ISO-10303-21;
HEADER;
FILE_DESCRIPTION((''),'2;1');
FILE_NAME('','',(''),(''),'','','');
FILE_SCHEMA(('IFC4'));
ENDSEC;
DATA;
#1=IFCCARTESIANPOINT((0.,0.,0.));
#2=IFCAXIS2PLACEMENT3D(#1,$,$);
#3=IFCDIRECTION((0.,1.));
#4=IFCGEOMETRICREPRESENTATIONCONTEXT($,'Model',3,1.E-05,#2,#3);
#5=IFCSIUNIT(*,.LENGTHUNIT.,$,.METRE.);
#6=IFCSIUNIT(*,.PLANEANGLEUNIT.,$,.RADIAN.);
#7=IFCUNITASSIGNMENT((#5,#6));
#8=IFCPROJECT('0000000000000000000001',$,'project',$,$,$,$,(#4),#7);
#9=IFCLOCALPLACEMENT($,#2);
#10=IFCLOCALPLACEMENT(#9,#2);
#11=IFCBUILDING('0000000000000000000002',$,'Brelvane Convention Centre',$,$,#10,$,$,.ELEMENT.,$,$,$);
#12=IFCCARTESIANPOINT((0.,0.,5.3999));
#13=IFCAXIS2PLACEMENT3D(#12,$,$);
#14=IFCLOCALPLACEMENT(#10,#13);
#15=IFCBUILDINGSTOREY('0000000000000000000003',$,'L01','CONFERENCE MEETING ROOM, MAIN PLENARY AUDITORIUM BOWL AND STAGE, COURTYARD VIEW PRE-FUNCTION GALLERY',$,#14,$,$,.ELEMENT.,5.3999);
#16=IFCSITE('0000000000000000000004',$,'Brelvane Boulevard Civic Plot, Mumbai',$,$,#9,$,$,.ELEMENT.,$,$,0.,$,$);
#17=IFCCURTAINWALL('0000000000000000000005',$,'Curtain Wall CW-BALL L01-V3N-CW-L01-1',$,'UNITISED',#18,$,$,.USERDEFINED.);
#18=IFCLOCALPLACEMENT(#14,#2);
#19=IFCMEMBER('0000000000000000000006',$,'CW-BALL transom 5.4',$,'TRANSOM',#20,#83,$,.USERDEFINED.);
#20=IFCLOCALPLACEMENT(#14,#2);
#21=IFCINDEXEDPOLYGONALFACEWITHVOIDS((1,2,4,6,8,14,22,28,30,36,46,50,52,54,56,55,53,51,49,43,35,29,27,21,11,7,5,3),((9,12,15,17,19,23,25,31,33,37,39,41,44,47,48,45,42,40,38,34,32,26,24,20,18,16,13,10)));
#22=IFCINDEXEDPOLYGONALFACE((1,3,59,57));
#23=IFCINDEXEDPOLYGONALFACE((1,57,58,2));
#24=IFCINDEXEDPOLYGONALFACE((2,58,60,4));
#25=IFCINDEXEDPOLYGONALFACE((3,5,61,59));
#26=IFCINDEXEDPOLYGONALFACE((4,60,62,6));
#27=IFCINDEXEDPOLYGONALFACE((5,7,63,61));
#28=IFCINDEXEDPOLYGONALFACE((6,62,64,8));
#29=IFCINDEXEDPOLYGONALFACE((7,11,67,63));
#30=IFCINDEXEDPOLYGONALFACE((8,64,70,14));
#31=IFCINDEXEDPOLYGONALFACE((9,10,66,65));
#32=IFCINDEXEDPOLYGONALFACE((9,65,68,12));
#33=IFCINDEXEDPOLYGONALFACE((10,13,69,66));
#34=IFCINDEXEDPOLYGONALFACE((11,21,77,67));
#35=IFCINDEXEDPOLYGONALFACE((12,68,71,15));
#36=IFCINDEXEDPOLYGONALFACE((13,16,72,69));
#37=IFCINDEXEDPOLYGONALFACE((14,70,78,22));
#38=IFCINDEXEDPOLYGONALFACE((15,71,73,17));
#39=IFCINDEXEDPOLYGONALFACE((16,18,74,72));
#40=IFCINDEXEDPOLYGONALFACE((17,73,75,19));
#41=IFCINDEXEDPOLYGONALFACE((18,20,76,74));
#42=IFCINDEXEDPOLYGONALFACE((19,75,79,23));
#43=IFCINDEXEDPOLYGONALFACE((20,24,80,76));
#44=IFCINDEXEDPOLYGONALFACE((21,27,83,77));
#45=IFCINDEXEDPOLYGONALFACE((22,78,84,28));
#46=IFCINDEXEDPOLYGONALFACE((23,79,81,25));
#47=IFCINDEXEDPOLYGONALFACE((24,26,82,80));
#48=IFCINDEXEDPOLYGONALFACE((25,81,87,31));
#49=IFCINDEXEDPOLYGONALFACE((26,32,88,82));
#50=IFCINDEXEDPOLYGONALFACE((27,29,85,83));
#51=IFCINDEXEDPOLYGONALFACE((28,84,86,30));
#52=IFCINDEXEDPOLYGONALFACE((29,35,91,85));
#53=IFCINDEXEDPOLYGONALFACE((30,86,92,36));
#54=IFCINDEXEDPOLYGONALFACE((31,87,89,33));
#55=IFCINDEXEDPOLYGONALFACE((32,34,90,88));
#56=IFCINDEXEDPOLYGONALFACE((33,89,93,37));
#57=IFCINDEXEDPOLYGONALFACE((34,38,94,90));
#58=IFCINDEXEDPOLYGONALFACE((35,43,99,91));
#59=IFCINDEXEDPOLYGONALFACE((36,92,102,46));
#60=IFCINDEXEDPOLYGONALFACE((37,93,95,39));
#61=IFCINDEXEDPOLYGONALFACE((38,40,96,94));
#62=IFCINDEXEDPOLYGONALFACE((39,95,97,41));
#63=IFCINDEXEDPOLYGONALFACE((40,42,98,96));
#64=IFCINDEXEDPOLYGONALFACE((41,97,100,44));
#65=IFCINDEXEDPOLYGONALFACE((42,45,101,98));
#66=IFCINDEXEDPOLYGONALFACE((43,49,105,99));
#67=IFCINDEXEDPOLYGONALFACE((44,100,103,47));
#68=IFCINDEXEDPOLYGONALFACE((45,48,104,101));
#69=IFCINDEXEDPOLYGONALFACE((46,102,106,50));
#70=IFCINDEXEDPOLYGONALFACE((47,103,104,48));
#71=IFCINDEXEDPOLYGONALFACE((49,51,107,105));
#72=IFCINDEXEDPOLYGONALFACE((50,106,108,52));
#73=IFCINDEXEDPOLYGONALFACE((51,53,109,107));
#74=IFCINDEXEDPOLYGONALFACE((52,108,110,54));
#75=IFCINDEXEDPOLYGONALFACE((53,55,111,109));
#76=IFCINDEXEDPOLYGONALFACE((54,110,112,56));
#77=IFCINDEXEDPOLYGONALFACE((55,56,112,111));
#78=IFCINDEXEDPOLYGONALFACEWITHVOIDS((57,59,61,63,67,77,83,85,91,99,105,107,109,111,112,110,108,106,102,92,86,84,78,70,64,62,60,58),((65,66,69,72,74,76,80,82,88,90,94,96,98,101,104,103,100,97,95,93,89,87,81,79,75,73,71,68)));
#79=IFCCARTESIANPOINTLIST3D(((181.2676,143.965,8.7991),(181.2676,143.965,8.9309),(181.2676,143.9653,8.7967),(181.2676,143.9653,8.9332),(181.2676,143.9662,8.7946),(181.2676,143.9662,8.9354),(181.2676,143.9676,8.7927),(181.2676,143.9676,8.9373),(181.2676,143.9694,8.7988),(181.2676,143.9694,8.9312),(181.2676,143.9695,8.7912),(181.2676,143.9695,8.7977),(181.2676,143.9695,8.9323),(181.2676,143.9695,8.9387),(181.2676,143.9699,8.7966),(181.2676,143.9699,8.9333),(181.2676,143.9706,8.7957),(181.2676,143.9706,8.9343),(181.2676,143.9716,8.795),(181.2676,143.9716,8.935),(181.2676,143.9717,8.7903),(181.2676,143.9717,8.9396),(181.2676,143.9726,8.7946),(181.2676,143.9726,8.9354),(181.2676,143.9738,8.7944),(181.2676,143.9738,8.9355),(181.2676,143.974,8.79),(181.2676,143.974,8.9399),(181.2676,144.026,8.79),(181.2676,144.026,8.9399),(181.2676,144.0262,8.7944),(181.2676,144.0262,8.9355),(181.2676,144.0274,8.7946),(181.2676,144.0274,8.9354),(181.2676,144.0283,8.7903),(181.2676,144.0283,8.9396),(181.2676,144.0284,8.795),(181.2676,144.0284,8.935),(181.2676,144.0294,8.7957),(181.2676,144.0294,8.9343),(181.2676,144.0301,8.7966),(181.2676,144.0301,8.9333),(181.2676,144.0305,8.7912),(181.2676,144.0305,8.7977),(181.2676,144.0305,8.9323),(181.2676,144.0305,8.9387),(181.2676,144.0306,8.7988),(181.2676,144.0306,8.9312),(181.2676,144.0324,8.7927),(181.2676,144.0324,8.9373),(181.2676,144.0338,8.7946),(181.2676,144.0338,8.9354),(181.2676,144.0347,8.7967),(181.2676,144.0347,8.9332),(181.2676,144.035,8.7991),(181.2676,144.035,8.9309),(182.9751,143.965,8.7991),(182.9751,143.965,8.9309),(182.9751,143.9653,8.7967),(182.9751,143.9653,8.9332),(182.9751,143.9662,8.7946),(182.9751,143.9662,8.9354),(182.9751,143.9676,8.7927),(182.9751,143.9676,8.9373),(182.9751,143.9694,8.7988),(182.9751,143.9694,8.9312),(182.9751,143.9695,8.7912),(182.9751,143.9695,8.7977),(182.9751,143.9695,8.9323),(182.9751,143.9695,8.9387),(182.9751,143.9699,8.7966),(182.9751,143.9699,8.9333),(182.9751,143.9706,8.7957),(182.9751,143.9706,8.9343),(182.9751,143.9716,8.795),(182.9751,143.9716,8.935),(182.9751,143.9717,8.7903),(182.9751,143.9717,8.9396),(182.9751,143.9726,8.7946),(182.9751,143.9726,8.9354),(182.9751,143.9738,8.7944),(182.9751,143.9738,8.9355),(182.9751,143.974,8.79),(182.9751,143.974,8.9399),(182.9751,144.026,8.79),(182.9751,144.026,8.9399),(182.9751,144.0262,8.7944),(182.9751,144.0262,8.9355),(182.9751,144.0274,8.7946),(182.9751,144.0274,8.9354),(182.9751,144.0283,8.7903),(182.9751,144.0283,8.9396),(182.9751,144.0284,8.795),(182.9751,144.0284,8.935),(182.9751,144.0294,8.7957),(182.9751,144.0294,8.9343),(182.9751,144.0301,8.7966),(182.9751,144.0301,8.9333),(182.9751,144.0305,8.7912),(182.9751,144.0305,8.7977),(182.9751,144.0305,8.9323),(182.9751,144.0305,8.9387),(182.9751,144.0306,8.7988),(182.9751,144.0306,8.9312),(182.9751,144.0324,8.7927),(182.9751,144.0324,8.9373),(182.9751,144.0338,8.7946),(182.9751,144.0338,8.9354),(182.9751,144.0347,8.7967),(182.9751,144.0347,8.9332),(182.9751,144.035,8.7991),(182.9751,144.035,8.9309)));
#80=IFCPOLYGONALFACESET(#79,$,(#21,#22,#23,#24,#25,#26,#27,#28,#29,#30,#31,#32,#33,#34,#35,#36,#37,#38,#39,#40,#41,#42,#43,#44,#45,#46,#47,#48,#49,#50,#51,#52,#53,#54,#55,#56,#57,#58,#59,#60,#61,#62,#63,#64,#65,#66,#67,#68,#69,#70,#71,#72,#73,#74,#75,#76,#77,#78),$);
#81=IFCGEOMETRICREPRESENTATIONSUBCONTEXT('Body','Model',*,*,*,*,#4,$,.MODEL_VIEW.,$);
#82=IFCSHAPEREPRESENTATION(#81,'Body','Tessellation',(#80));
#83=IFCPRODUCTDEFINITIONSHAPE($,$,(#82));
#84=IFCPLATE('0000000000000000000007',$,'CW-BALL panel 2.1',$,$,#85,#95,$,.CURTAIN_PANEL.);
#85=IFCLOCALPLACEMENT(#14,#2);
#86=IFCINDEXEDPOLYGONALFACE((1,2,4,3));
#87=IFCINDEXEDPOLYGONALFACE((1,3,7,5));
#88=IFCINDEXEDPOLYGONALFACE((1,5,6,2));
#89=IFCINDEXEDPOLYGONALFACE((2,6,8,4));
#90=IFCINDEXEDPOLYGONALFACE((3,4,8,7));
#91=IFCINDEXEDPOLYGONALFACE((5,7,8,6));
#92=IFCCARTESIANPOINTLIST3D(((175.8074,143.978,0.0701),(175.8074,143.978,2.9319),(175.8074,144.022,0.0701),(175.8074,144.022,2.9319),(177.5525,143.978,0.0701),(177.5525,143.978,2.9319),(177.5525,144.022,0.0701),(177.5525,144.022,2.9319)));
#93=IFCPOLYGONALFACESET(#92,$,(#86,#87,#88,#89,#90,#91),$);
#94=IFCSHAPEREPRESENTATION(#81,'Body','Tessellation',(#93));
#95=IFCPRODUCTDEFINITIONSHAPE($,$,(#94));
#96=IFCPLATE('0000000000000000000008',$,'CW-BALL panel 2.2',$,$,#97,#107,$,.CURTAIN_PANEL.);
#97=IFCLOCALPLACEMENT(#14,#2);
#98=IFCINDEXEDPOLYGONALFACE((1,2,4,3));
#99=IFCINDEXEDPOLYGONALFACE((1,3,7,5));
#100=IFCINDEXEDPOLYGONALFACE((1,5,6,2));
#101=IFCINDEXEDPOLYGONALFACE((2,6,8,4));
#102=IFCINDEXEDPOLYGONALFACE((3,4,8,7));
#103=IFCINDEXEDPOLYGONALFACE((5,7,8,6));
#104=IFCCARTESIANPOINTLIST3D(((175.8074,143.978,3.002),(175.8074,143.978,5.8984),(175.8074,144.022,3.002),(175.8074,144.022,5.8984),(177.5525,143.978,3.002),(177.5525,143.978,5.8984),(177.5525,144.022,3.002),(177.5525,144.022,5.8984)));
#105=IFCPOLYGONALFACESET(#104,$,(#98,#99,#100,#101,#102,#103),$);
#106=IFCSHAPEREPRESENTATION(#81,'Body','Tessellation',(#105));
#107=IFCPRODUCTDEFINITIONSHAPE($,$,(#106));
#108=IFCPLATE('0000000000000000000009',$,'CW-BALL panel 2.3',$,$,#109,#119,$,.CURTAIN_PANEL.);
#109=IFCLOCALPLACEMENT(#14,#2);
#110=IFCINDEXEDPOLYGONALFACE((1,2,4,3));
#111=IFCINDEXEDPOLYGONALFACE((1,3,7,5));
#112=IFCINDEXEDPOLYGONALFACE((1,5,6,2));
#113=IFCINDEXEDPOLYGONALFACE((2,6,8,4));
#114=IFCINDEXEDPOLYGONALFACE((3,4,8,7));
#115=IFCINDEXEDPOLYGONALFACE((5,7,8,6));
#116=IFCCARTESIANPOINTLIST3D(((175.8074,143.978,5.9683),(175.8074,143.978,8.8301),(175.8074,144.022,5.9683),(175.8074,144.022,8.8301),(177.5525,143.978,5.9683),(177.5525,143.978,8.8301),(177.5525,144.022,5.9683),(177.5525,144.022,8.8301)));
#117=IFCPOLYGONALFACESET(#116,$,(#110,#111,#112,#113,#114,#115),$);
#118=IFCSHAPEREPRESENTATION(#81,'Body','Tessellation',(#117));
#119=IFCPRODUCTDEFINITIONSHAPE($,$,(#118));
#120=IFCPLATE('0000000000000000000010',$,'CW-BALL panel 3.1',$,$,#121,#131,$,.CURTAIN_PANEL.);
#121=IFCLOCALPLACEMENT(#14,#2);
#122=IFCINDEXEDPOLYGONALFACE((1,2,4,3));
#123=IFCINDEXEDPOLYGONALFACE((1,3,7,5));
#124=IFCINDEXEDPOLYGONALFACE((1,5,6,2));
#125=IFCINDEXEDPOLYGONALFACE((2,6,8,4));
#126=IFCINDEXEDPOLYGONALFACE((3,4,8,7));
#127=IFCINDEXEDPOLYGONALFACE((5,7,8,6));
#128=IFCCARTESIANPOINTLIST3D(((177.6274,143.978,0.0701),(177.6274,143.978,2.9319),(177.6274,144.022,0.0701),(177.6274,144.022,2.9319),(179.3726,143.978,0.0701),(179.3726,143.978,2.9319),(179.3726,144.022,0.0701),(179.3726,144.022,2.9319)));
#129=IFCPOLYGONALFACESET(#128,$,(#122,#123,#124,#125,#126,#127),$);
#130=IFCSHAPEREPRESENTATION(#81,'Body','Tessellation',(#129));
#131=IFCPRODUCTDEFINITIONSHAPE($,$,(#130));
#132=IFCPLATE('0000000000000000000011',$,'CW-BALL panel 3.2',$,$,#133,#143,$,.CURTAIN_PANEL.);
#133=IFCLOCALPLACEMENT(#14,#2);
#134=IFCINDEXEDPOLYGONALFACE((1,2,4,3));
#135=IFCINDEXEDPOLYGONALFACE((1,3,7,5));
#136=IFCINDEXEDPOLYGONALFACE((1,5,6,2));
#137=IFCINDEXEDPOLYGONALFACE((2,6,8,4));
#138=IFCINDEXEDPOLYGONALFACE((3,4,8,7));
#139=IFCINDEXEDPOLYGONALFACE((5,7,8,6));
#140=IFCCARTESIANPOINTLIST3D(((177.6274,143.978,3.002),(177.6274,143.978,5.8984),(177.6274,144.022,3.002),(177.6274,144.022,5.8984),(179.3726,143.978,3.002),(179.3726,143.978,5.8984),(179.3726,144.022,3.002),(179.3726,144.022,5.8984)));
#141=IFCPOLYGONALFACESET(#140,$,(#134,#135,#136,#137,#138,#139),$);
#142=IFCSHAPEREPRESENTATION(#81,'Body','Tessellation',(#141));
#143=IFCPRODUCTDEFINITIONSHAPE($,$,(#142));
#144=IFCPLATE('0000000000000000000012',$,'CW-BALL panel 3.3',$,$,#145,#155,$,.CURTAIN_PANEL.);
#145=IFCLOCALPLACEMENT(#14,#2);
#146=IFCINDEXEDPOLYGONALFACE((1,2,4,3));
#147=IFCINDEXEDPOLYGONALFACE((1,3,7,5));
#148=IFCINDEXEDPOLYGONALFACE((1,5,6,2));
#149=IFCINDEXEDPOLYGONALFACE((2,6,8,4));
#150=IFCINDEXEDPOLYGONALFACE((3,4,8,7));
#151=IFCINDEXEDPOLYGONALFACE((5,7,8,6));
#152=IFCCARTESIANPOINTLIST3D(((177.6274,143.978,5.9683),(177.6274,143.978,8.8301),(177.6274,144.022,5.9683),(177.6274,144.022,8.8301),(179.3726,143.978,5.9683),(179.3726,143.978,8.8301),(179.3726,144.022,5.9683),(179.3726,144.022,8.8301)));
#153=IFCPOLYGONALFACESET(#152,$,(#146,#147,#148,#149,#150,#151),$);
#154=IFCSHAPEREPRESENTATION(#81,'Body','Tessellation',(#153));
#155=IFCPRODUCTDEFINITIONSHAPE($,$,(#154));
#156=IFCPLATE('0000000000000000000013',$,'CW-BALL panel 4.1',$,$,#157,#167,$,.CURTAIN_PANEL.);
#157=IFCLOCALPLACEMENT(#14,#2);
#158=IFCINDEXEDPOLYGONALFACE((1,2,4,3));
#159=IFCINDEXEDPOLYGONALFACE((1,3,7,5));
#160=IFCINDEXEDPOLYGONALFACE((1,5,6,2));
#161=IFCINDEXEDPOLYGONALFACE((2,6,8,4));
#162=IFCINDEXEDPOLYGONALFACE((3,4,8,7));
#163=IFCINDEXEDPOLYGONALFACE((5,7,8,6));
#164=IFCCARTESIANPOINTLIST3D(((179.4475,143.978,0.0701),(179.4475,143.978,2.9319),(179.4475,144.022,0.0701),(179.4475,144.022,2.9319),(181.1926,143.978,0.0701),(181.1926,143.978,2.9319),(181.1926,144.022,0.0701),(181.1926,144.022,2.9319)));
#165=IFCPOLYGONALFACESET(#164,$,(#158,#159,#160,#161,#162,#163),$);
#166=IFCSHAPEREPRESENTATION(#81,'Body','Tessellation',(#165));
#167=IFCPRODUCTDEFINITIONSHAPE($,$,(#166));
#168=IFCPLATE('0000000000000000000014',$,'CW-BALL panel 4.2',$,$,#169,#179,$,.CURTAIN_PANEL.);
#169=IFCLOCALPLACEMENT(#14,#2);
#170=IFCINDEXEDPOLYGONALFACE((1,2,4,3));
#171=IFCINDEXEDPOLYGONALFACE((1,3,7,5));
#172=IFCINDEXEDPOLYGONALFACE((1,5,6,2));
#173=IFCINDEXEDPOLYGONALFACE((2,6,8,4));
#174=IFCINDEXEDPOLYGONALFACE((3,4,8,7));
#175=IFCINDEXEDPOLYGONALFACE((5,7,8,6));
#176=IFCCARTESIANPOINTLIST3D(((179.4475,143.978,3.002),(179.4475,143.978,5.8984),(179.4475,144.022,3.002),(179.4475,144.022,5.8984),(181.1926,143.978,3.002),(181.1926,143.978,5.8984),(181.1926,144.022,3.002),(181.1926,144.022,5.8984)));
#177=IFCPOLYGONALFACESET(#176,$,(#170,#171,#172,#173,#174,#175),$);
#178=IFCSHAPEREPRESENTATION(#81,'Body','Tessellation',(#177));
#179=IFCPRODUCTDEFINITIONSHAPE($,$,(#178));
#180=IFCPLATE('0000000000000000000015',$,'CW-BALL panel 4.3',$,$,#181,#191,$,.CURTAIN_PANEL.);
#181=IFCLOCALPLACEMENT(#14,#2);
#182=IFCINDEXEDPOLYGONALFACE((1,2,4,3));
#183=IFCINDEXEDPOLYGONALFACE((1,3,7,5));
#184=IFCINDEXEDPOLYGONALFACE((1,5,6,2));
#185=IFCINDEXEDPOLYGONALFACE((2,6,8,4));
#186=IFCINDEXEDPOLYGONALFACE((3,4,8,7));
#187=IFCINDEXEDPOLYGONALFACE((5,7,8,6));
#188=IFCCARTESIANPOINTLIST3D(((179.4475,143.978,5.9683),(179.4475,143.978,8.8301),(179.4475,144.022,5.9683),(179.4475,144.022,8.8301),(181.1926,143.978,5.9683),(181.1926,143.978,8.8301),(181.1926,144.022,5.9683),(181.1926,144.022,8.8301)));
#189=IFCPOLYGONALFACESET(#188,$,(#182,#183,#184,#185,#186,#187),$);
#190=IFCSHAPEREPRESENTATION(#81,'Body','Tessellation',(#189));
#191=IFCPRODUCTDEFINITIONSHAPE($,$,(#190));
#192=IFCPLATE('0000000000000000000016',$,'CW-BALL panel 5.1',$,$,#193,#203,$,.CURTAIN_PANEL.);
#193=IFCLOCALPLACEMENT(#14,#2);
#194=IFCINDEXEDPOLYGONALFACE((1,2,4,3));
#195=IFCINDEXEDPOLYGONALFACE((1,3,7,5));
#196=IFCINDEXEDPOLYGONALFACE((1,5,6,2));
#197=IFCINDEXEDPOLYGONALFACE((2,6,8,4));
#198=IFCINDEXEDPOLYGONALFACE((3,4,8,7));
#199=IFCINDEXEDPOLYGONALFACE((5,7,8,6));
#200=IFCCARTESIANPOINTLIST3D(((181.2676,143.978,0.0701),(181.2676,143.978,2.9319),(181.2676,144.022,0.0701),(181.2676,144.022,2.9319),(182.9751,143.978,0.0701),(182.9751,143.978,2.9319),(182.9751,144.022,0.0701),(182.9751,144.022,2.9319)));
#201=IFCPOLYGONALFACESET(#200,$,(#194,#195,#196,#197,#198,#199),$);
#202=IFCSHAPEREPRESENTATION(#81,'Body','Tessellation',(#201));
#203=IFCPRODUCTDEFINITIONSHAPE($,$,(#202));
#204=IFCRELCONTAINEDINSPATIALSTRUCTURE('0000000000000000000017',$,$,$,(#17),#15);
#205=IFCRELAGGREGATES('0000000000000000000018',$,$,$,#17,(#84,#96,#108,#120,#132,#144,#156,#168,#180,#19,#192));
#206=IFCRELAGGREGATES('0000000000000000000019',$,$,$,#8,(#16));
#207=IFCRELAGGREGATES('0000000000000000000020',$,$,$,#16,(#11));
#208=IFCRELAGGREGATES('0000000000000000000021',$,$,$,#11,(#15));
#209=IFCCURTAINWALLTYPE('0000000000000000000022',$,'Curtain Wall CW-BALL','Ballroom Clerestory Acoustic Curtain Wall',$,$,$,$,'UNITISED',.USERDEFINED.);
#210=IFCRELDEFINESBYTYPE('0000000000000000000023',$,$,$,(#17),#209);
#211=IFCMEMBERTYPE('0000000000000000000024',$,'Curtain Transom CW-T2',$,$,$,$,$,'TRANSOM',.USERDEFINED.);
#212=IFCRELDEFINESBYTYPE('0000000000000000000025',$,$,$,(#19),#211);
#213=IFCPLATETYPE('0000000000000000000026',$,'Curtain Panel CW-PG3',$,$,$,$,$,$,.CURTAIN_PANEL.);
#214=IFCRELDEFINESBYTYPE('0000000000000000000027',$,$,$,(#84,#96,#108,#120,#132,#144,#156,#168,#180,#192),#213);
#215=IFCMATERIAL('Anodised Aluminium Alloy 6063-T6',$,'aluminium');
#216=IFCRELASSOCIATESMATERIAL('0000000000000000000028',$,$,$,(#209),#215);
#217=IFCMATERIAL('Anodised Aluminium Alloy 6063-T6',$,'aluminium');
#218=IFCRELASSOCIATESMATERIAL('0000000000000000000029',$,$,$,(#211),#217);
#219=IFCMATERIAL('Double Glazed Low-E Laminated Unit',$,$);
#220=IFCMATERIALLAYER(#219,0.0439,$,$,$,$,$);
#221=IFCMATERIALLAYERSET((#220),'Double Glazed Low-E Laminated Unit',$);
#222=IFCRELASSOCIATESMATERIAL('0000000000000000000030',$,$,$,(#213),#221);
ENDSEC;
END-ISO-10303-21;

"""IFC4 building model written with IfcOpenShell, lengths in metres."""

from ifc_helpers import new_model, si_unit, direction, frame, origin, origin_2d, place, context, subcontext, project, spatial, rectangle, hollow_rectangle, extrude, material, layer, layer_set, material_profile, profile_set, type_object, element, aggregate, save


model = new_model("IFC4")

# Units and contexts
model_context = context("Model", 3, precision=1e-05, world=origin(), true_north=direction((0.0, 1.0)))
body_context = subcontext(model_context, "Body", "Model", "MODEL_VIEW")
ifc_project = project(units=[si_unit("LENGTHUNIT", "METRE"), si_unit("PLANEANGLEUNIT", "RADIAN")], contexts=[model_context])

# Site, building, storey
site_placement = place(None, origin())
site = spatial("IfcSite", under=ifc_project, at=site_placement, Name="Brelvane Boulevard Civic Plot, Mumbai", CompositionType="ELEMENT", RefElevation=0.0)
building_placement = place(site_placement, origin())
building = spatial("IfcBuilding", under=site, at=building_placement, Name="Brelvane Convention Centre", CompositionType="ELEMENT")
storey_placement = place(building_placement, frame((0.0, 0.0, 5.3999)))
storey = spatial("IfcBuildingStorey", under=building, at=storey_placement, Name="L01", Description="CONFERENCE MEETING ROOM, MAIN PLENARY AUDITORIUM BOWL AND STAGE, COURTYARD VIEW PRE-FUNCTION GALLERY", CompositionType="ELEMENT", Elevation=5.3999)

# Curtain wall, member, plates
ifc_material_1 = material(Name="Anodised Aluminium Alloy 6063-T6", Category="aluminium")
curtain_wall_type = type_object("IfcCurtainWallType", Name="Curtain Wall CW-BALL", Description="Ballroom Clerestory Acoustic Curtain Wall", ElementType="UNITISED", PredefinedType="USERDEFINED", material=ifc_material_1)
curtain_wall_placement = place(storey_placement, origin())
curtain_wall = element("IfcCurtainWall", 1, at=curtain_wall_placement, inside=storey, type_object=curtain_wall_type, Name="Curtain Wall CW-BALL L01-V3N-CW-L01-1", ObjectType="UNITISED", PredefinedType="USERDEFINED")
ifc_material_2 = material(Name="Anodised Aluminium Alloy 6063-T6", Category="aluminium")
ifc_material_profile_1 = material_profile(ifc_material_2, hollow_rectangle(XDim=0.0701, YDim=0.1499, WallThickness=0.0044, InnerFilletRadius=0.0044, OuterFilletRadius=0.009, at=origin_2d()), Name="ALU-T 150x70x4.5")
ifc_profile_set_1 = profile_set([ifc_material_profile_1], Name="Anodised Aluminium Alloy 6063-T6")
member_type_1 = type_object("IfcMemberType", Name="Curtain Transom CW-T2", ElementType="TRANSOM", PredefinedType="USERDEFINED", material=ifc_profile_set_1)
member_1_placement = place(storey_placement, frame((181.2676, 144.0, 8.865), z_axis=(1.0, 0.0, 0.0), x_axis=(0.0, 1.0, 0.0)))
member_1 = element("IfcMember", 2, at=member_1_placement, type_object=member_type_1, Name="CW-BALL transom 5.4", ObjectType="TRANSOM", PredefinedType="USERDEFINED", context=body_context, shape_type="SweptSolid", body=[
    extrude(hollow_rectangle(XDim=0.0701, YDim=0.1499, WallThickness=0.0044, InnerFilletRadius=0.0044, OuterFilletRadius=0.009, at=origin_2d()), origin(), (0.0, 0.0, 1.0), 1.7075),
])
ifc_material_3 = material(Name="Double Glazed Low-E Laminated Unit")
ifc_layer = layer(ifc_material_3, 0.0439)
ifc_layer_set = layer_set([ifc_layer], Name="Double Glazed Low-E Laminated Unit")
plate_type = type_object("IfcPlateType", Name="Curtain Panel CW-PG3", PredefinedType="CURTAIN_PANEL", material=ifc_layer_set)
plate_1_placement = place(storey_placement, frame((176.6799, 144.0, 0.0701), z_axis=(0.0, 0.0, 1.0), x_axis=(1.0, 0.0, 0.0)))
plate_1 = element("IfcPlate", 3, at=plate_1_placement, type_object=plate_type, Name="CW-BALL panel 2.1", PredefinedType="CURTAIN_PANEL", context=body_context, shape_type="SweptSolid", body=[
    extrude(rectangle(XDim=1.7451, YDim=0.0439, at=origin_2d()), origin(), (0.0, 0.0, 1.0), 2.8618),
])
plate_2_placement = place(storey_placement, frame((176.6799, 144.0, 3.002), z_axis=(0.0, 0.0, 1.0), x_axis=(1.0, 0.0, 0.0)))
plate_2 = element("IfcPlate", 4, at=plate_2_placement, type_object=plate_type, Name="CW-BALL panel 2.2", PredefinedType="CURTAIN_PANEL", context=body_context, shape_type="SweptSolid", body=[
    extrude(rectangle(XDim=1.7451, YDim=0.0439, at=origin_2d()), origin(), (0.0, 0.0, 1.0), 2.8965),
])
plate_3_placement = place(storey_placement, frame((176.6799, 144.0, 5.9683), z_axis=(0.0, 0.0, 1.0), x_axis=(1.0, 0.0, 0.0)))
plate_3 = element("IfcPlate", 5, at=plate_3_placement, type_object=plate_type, Name="CW-BALL panel 2.3", PredefinedType="CURTAIN_PANEL", context=body_context, shape_type="SweptSolid", body=[
    extrude(rectangle(XDim=1.7451, YDim=0.0439, at=origin_2d()), origin(), (0.0, 0.0, 1.0), 2.8618),
])
plate_4_placement = place(storey_placement, frame((178.5, 144.0, 0.0701), z_axis=(0.0, 0.0, 1.0), x_axis=(1.0, 0.0, 0.0)))
plate_4 = element("IfcPlate", 6, at=plate_4_placement, type_object=plate_type, Name="CW-BALL panel 3.1", PredefinedType="CURTAIN_PANEL", context=body_context, shape_type="SweptSolid", body=[
    extrude(rectangle(XDim=1.7451, YDim=0.0439, at=origin_2d()), origin(), (0.0, 0.0, 1.0), 2.8618),
])
plate_5_placement = place(storey_placement, frame((178.5, 144.0, 3.002), z_axis=(0.0, 0.0, 1.0), x_axis=(1.0, 0.0, 0.0)))
plate_5 = element("IfcPlate", 7, at=plate_5_placement, type_object=plate_type, Name="CW-BALL panel 3.2", PredefinedType="CURTAIN_PANEL", context=body_context, shape_type="SweptSolid", body=[
    extrude(rectangle(XDim=1.7451, YDim=0.0439, at=origin_2d()), origin(), (0.0, 0.0, 1.0), 2.8965),
])
plate_6_placement = place(storey_placement, frame((178.5, 144.0, 5.9683), z_axis=(0.0, 0.0, 1.0), x_axis=(1.0, 0.0, 0.0)))
plate_6 = element("IfcPlate", 8, at=plate_6_placement, type_object=plate_type, Name="CW-BALL panel 3.3", PredefinedType="CURTAIN_PANEL", context=body_context, shape_type="SweptSolid", body=[
    extrude(rectangle(XDim=1.7451, YDim=0.0439, at=origin_2d()), origin(), (0.0, 0.0, 1.0), 2.8618),
])
plate_7_placement = place(storey_placement, frame((180.3201, 144.0, 0.0701), z_axis=(0.0, 0.0, 1.0), x_axis=(1.0, 0.0, 0.0)))
plate_7 = element("IfcPlate", 9, at=plate_7_placement, type_object=plate_type, Name="CW-BALL panel 4.1", PredefinedType="CURTAIN_PANEL", context=body_context, shape_type="SweptSolid", body=[
    extrude(rectangle(XDim=1.7451, YDim=0.0439, at=origin_2d()), origin(), (0.0, 0.0, 1.0), 2.8618),
])
plate_8_placement = place(storey_placement, frame((180.3201, 144.0, 3.002), z_axis=(0.0, 0.0, 1.0), x_axis=(1.0, 0.0, 0.0)))
plate_8 = element("IfcPlate", 10, at=plate_8_placement, type_object=plate_type, Name="CW-BALL panel 4.2", PredefinedType="CURTAIN_PANEL", context=body_context, shape_type="SweptSolid", body=[
    extrude(rectangle(XDim=1.7451, YDim=0.0439, at=origin_2d()), origin(), (0.0, 0.0, 1.0), 2.8965),
])
plate_9_placement = place(storey_placement, frame((180.3201, 144.0, 5.9683), z_axis=(0.0, 0.0, 1.0), x_axis=(1.0, 0.0, 0.0)))
plate_9 = element("IfcPlate", 11, at=plate_9_placement, type_object=plate_type, Name="CW-BALL panel 4.3", PredefinedType="CURTAIN_PANEL", context=body_context, shape_type="SweptSolid", body=[
    extrude(rectangle(XDim=1.7451, YDim=0.0439, at=origin_2d()), origin(), (0.0, 0.0, 1.0), 2.8618),
])
plate_10_placement = place(storey_placement, frame((182.1213, 144.0, 0.0701), z_axis=(0.0, 0.0, 1.0), x_axis=(1.0, 0.0, 0.0)))
plate_10 = element("IfcPlate", 12, at=plate_10_placement, type_object=plate_type, Name="CW-BALL panel 5.1", PredefinedType="CURTAIN_PANEL", context=body_context, shape_type="SweptSolid", body=[
    extrude(rectangle(XDim=1.7075, YDim=0.0439, at=origin_2d()), origin(), (0.0, 0.0, 1.0), 2.8618),
])
aggregate(curtain_wall, [plate_1, plate_2, plate_3, plate_4, plate_5, plate_6, plate_7, plate_8, plate_9, member_1, plate_10])

save(model, "model.ifc")
